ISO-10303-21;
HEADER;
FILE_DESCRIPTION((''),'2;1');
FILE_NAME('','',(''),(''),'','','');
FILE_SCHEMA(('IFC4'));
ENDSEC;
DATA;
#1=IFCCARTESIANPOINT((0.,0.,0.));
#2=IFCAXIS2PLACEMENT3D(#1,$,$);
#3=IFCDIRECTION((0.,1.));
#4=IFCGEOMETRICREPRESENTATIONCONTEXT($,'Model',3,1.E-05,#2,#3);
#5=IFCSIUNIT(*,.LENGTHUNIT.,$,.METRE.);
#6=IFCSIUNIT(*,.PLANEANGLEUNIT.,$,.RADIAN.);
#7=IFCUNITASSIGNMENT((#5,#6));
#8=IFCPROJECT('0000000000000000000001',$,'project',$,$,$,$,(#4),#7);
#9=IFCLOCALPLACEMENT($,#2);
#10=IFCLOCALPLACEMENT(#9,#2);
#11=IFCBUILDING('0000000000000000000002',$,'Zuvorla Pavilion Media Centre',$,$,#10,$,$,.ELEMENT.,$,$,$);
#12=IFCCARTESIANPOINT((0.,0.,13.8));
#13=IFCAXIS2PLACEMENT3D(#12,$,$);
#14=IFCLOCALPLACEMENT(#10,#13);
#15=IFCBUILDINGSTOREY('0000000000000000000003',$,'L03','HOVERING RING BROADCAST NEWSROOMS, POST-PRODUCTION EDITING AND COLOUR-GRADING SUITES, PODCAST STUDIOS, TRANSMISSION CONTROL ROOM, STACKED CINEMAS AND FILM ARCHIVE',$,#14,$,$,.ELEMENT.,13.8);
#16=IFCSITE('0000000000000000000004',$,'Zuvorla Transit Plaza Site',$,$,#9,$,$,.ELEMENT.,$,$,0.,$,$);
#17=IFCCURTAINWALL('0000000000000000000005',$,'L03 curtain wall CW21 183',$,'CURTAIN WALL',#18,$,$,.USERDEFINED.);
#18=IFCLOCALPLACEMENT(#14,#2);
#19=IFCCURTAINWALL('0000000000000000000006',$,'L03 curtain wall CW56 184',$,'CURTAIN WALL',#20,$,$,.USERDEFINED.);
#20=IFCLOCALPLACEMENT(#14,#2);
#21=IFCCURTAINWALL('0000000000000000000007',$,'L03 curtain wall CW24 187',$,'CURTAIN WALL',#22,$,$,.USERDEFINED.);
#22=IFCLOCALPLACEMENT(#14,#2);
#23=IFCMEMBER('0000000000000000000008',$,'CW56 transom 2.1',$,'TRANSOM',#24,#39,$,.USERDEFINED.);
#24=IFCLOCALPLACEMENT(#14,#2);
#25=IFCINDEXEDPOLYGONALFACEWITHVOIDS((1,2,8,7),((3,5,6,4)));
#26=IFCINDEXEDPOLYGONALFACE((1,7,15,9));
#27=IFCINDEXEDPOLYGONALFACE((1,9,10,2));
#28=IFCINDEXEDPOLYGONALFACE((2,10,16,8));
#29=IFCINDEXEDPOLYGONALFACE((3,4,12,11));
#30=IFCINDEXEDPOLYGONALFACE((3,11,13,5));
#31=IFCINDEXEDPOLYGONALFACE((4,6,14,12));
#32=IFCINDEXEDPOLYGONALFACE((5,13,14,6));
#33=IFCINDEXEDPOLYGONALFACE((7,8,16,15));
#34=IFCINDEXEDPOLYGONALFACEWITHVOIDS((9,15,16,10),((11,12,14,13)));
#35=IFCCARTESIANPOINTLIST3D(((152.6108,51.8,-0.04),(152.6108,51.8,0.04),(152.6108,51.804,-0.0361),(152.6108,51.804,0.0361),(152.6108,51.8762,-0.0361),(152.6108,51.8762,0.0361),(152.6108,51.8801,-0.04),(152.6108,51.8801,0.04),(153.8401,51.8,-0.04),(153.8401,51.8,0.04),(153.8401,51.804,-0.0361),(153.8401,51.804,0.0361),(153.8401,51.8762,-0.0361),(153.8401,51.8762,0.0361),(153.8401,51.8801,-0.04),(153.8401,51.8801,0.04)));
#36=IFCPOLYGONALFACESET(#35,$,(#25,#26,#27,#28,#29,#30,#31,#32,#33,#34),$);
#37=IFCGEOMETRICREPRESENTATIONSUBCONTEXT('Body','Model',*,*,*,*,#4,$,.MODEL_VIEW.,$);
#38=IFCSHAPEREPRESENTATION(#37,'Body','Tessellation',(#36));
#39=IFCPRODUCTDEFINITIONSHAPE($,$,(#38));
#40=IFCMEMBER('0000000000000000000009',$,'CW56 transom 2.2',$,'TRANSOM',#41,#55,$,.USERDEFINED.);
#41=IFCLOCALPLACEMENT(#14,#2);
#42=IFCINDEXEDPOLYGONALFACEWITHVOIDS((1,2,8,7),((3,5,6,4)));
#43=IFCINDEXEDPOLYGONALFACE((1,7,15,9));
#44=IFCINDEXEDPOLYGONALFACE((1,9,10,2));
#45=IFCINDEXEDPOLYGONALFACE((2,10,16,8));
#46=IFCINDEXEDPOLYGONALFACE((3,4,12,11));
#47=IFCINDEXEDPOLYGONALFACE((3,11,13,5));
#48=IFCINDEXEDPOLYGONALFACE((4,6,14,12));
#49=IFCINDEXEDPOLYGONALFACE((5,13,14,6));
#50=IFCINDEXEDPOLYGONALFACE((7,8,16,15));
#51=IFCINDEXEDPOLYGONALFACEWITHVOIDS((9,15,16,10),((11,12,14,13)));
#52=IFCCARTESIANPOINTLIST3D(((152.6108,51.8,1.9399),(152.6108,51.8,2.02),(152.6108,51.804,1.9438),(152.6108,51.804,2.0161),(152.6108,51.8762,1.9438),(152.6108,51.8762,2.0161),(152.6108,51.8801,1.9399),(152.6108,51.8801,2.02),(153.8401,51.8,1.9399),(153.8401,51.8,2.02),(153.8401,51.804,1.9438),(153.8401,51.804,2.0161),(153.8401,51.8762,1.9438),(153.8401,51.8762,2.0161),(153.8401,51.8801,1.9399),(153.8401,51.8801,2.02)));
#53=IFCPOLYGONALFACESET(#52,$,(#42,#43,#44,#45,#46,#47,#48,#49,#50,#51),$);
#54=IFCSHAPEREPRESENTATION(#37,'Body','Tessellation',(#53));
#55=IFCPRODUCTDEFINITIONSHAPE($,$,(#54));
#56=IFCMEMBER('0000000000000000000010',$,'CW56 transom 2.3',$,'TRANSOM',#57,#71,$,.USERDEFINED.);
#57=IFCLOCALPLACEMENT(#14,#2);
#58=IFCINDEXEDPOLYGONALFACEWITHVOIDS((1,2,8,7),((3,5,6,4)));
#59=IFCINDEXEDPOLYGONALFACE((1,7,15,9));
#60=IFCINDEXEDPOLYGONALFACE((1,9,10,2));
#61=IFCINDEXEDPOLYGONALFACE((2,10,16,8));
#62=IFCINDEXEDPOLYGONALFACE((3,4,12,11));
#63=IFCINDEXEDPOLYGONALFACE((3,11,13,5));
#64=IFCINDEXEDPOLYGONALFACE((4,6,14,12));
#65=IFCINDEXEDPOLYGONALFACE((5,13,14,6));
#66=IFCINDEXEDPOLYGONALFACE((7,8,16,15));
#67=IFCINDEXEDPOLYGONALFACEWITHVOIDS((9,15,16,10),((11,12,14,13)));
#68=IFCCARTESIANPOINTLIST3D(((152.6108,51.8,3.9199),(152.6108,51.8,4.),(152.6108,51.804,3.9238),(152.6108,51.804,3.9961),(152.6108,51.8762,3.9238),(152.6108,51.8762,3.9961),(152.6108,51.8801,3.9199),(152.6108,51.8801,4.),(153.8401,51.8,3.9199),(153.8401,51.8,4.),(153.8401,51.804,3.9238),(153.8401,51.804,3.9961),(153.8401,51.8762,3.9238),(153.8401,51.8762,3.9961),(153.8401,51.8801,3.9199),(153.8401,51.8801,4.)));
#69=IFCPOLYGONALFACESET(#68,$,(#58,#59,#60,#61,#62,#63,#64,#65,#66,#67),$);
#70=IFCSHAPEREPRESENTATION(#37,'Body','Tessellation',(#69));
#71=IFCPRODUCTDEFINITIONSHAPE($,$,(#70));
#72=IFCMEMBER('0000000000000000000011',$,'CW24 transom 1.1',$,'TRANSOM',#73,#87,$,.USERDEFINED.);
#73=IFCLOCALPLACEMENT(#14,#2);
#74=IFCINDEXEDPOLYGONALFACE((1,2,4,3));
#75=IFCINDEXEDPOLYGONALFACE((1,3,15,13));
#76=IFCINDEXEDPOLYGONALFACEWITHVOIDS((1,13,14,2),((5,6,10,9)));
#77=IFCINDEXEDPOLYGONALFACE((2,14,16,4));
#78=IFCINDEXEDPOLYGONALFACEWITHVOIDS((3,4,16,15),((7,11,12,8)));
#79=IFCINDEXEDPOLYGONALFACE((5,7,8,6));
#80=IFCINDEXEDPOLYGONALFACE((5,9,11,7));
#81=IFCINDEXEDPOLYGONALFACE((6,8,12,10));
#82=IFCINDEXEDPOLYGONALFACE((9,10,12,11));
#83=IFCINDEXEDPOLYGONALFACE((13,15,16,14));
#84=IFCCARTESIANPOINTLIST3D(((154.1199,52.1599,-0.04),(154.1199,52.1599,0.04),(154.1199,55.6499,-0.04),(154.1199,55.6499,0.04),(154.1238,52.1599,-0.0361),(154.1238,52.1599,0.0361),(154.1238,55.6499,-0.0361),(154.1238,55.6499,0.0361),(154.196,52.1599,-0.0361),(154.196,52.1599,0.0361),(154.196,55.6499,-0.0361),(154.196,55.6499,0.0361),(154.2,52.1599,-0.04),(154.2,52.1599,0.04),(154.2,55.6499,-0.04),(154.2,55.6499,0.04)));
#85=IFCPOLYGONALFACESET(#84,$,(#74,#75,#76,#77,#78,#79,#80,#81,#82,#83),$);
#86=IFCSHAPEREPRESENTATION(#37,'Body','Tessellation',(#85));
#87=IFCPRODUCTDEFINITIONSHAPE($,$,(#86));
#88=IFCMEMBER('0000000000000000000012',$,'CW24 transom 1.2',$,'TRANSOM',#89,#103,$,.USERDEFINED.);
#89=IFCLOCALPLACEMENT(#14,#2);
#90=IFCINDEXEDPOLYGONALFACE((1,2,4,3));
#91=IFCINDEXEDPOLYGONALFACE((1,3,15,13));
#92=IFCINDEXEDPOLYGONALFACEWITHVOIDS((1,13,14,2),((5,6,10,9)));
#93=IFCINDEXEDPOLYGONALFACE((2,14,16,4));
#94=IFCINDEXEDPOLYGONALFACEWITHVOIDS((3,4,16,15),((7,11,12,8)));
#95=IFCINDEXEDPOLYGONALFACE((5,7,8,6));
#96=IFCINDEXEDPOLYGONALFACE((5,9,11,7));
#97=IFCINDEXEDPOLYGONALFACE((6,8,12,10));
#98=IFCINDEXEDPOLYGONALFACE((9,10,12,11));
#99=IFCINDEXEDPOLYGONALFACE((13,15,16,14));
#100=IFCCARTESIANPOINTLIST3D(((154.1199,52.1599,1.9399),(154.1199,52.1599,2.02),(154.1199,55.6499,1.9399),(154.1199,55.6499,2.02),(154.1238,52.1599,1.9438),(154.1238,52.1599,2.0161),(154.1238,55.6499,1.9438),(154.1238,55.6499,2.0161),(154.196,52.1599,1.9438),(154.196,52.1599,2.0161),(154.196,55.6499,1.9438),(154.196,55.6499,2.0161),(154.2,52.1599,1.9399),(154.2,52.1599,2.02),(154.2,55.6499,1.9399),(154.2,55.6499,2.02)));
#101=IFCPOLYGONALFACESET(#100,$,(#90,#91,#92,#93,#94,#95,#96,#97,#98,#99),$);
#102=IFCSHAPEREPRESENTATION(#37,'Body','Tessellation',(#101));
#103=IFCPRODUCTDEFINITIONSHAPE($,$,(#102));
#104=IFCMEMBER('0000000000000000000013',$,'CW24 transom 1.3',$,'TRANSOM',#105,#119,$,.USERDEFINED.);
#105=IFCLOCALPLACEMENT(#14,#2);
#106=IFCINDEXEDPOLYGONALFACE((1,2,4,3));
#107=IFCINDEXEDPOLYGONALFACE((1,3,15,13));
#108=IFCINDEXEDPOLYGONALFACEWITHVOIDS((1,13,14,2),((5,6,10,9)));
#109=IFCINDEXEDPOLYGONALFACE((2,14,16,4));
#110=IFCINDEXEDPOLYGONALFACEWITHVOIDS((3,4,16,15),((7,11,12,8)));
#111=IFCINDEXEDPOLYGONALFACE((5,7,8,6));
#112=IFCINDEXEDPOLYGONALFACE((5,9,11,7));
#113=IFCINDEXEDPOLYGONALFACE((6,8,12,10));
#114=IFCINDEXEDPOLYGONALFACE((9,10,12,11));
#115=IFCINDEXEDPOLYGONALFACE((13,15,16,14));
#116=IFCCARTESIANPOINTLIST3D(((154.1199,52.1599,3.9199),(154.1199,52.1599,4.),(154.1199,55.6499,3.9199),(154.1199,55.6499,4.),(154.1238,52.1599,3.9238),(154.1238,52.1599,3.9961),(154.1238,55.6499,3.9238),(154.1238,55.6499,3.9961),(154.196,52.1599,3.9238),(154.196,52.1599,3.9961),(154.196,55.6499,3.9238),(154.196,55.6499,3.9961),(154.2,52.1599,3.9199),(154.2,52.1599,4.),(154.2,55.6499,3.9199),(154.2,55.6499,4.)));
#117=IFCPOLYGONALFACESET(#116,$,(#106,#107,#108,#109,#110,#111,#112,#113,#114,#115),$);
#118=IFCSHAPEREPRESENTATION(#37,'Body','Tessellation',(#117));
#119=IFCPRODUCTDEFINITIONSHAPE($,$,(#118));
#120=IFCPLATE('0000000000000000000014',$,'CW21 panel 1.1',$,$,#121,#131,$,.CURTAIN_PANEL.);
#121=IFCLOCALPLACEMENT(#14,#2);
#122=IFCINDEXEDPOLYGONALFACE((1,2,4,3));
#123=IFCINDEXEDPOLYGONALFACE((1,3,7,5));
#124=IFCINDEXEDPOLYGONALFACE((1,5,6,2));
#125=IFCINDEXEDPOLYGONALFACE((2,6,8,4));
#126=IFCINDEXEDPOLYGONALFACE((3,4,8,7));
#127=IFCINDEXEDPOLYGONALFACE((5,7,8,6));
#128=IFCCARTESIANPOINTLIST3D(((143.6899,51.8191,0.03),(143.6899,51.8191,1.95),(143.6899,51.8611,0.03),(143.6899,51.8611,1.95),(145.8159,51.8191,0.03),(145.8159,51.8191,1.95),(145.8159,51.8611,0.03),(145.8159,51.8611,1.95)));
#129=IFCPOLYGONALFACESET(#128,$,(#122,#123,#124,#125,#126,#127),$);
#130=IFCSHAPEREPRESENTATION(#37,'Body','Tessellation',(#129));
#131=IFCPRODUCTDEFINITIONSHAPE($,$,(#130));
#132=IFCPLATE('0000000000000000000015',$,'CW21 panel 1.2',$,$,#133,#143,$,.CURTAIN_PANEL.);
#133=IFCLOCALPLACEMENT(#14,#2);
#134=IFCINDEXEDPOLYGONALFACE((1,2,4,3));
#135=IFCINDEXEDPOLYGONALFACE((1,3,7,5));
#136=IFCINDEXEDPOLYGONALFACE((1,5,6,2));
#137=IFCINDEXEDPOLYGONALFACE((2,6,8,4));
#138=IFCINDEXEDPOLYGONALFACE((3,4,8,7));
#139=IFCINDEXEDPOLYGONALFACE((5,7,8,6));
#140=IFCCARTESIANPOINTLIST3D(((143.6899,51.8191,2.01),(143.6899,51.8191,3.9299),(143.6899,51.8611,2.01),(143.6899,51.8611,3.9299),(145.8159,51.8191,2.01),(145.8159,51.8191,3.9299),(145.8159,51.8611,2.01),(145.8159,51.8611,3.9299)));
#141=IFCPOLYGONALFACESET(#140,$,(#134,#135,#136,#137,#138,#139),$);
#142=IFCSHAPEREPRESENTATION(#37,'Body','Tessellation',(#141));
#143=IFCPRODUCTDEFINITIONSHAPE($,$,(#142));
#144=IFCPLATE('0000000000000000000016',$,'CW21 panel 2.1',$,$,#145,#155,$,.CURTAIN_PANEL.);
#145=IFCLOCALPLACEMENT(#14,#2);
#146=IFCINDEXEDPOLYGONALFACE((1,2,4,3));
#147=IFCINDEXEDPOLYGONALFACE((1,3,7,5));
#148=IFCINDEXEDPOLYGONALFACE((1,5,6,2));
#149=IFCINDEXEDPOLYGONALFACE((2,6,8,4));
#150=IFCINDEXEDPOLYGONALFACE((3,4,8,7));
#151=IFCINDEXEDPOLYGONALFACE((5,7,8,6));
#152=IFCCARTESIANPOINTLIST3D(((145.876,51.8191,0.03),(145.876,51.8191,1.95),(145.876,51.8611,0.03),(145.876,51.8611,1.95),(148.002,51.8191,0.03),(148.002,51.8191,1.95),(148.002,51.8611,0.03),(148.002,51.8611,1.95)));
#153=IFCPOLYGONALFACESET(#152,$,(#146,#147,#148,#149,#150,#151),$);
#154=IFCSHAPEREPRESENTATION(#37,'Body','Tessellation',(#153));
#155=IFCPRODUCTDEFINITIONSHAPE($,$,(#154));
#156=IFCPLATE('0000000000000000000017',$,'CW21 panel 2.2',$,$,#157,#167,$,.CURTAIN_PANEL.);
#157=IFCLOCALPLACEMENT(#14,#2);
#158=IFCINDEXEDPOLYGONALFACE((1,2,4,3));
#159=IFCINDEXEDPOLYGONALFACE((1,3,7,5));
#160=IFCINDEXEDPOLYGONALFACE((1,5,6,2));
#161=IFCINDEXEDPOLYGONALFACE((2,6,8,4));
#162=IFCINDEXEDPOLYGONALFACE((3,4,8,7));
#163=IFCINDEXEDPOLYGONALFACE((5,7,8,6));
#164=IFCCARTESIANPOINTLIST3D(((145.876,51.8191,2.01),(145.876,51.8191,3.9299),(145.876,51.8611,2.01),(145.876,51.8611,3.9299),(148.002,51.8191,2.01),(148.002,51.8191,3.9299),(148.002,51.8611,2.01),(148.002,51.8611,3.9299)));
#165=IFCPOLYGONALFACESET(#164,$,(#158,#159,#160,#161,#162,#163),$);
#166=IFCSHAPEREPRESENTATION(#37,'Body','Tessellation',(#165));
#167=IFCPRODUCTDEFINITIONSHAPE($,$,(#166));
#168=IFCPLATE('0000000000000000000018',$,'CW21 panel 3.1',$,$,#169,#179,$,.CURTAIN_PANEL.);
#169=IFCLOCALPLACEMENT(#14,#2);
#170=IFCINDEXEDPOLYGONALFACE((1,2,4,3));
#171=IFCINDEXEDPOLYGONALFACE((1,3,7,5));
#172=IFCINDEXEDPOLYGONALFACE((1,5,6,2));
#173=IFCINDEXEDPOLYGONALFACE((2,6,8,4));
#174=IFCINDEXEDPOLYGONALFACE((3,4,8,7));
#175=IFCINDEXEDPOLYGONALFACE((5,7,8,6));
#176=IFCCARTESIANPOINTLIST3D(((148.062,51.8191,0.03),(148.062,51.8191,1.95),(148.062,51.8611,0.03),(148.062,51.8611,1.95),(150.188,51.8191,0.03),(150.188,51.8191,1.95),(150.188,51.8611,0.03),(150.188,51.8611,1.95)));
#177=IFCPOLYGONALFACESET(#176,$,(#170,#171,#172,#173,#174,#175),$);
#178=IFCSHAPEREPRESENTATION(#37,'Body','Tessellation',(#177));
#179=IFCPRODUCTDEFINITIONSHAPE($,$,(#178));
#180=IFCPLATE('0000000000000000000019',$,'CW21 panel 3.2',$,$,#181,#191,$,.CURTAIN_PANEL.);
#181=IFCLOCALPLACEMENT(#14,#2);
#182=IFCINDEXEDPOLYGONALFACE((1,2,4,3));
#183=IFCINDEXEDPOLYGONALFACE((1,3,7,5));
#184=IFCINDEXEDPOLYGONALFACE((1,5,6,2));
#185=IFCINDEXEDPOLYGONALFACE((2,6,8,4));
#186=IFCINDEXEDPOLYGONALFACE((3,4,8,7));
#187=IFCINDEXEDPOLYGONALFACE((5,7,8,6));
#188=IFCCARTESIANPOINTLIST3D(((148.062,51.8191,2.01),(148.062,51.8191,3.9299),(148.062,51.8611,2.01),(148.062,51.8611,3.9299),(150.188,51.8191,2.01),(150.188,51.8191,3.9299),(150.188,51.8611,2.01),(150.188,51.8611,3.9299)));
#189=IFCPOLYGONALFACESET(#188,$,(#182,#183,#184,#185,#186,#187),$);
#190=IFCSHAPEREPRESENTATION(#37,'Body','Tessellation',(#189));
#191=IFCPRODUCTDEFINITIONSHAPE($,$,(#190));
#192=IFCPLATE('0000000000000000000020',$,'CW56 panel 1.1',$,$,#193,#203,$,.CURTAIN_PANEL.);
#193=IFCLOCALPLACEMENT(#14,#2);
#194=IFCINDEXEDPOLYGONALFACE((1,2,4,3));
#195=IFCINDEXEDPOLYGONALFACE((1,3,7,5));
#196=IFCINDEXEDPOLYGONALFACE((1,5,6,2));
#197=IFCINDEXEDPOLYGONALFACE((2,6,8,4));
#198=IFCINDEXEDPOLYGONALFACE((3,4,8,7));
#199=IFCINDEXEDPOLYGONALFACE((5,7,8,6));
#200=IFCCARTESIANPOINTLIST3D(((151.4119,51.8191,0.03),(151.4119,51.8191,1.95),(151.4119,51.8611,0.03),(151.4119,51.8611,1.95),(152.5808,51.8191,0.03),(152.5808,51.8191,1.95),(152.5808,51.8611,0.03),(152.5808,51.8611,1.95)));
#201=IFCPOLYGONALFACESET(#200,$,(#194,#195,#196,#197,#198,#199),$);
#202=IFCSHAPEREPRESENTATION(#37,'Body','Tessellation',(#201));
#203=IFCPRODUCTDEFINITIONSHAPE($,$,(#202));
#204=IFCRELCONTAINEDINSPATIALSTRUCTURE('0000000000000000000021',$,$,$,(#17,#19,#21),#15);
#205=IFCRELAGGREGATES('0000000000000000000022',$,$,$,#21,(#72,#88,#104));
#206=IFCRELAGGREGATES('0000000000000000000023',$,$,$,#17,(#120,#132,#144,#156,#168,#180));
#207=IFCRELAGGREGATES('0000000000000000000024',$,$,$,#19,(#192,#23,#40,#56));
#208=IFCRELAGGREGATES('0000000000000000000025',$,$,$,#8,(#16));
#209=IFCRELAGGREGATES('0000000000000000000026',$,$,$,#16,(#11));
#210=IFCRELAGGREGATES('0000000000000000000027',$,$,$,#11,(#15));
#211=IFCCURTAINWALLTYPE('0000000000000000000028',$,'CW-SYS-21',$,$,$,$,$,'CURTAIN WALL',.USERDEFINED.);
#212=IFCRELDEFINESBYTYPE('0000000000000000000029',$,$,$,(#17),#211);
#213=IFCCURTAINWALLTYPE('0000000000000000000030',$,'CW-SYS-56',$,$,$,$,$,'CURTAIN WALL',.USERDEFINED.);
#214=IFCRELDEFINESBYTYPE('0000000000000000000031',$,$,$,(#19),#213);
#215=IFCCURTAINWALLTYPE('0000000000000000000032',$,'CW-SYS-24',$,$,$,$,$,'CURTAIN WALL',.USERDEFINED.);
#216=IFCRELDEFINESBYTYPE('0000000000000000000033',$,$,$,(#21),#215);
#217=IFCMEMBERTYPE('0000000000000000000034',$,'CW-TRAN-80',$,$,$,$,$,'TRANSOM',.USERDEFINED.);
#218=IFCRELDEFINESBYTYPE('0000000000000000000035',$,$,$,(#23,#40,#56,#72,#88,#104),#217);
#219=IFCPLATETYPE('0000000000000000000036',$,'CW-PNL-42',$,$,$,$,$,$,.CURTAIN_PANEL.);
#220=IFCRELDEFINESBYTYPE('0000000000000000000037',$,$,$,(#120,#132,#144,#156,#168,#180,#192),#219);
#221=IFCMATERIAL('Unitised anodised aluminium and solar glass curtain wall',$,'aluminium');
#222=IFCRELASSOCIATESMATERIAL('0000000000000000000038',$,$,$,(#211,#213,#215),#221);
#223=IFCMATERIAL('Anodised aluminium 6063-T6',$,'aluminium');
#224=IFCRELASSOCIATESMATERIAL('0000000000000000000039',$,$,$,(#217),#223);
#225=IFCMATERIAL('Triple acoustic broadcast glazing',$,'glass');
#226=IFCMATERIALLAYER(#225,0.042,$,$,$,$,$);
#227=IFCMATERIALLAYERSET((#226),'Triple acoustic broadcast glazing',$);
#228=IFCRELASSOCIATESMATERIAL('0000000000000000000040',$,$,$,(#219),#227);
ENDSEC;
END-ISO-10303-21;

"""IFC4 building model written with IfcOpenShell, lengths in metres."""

from ifc_helpers import new_model, si_unit, direction, frame, origin, origin_2d, place, context, subcontext, project, spatial, rectangle, hollow_rectangle, extrude, material, layer, layer_set, material_profile, profile_set, type_object, element, aggregate, save


model = new_model("IFC4")

# Units and contexts
model_context = context("Model", 3, precision=1e-05, world=origin(), true_north=direction((0.0, 1.0)))
body_context = subcontext(model_context, "Body", "Model", "MODEL_VIEW")
ifc_project = project(units=[si_unit("LENGTHUNIT", "METRE"), si_unit("PLANEANGLEUNIT", "RADIAN")], contexts=[model_context])

# Site, building, storey
site_placement = place(None, origin())
site = spatial("IfcSite", under=ifc_project, at=site_placement, Name="Zuvorla Transit Plaza Site", CompositionType="ELEMENT", RefElevation=0.0)
building_placement = place(site_placement, origin())
building = spatial("IfcBuilding", under=site, at=building_placement, Name="Zuvorla Pavilion Media Centre", CompositionType="ELEMENT")
storey_placement = place(building_placement, frame((0.0, 0.0, 13.8)))
storey = spatial("IfcBuildingStorey", under=building, at=storey_placement, Name="L03", Description="HOVERING RING BROADCAST NEWSROOMS, POST-PRODUCTION EDITING AND COLOUR-GRADING SUITES, PODCAST STUDIOS, TRANSMISSION CONTROL ROOM, STACKED CINEMAS AND FILM ARCHIVE", CompositionType="ELEMENT", Elevation=13.8)

# Curtain walls
ifc_material_1 = material(Name="Unitised anodised aluminium and solar glass curtain wall", Category="aluminium")
curtain_wall_type_1 = type_object("IfcCurtainWallType", Name="CW-SYS-21", ElementType="CURTAIN WALL", PredefinedType="USERDEFINED", material=ifc_material_1)
curtain_wall_1_placement = place(storey_placement, origin())
curtain_wall_1 = element("IfcCurtainWall", 1, at=curtain_wall_1_placement, inside=storey, type_object=curtain_wall_type_1, Name="L03 curtain wall CW21 183", ObjectType="CURTAIN WALL", PredefinedType="USERDEFINED")
ifc_material_2 = material(Name="Anodised aluminium 6063-T6", Category="aluminium")
curtain_wall_type_2 = type_object("IfcCurtainWallType", Name="CW-SYS-56", ElementType="CURTAIN WALL", PredefinedType="USERDEFINED", material=ifc_material_1)
curtain_wall_2_placement = place(storey_placement, origin())
curtain_wall_2 = element("IfcCurtainWall", 2, at=curtain_wall_2_placement, inside=storey, type_object=curtain_wall_type_2, Name="L03 curtain wall CW56 184", ObjectType="CURTAIN WALL", PredefinedType="USERDEFINED")

# Curtain wall
curtain_wall_type_3 = type_object("IfcCurtainWallType", Name="CW-SYS-24", ElementType="CURTAIN WALL", PredefinedType="USERDEFINED", material=ifc_material_1)
curtain_wall_3_placement = place(storey_placement, origin())
curtain_wall_3 = element("IfcCurtainWall", 3, at=curtain_wall_3_placement, inside=storey, type_object=curtain_wall_type_3, Name="L03 curtain wall CW24 187", ObjectType="CURTAIN WALL", PredefinedType="USERDEFINED")

# Members
ifc_material_profile_1 = material_profile(ifc_material_2, hollow_rectangle(XDim=0.0801, YDim=0.0801, WallThickness=0.0039, at=origin_2d()), Name="ALU TRAN 80x80")
ifc_profile_set_1 = profile_set([ifc_material_profile_1], Name="Anodised aluminium 6063-T6")
member_type_1 = type_object("IfcMemberType", Name="CW-TRAN-80", ElementType="TRANSOM", PredefinedType="USERDEFINED", material=ifc_profile_set_1)
member_1_placement = place(storey_placement, frame((152.6108, 51.8401, 0.0), z_axis=(1.0, 0.0, 0.0), x_axis=(0.0, 1.0, 0.0)))
member_1 = element("IfcMember", 4, at=member_1_placement, type_object=member_type_1, Name="CW56 transom 2.1", ObjectType="TRANSOM", PredefinedType="USERDEFINED", context=body_context, shape_type="SweptSolid", body=[
    extrude(hollow_rectangle(XDim=0.0801, YDim=0.0801, WallThickness=0.0039, at=origin_2d()), origin(), (0.0, 0.0, 1.0), 1.2292),
])
member_2_placement = place(storey_placement, frame((152.6108, 51.8401, 1.98), z_axis=(1.0, 0.0, 0.0), x_axis=(0.0, 1.0, 0.0)))
member_2 = element("IfcMember", 5, at=member_2_placement, type_object=member_type_1, Name="CW56 transom 2.2", ObjectType="TRANSOM", PredefinedType="USERDEFINED", context=body_context, shape_type="SweptSolid", body=[
    extrude(hollow_rectangle(XDim=0.0801, YDim=0.0801, WallThickness=0.0039, at=origin_2d()), origin(), (0.0, 0.0, 1.0), 1.2292),
])
member_3_placement = place(storey_placement, frame((152.6108, 51.8401, 3.96), z_axis=(1.0, 0.0, 0.0), x_axis=(0.0, 1.0, 0.0)))
member_3 = element("IfcMember", 6, at=member_3_placement, type_object=member_type_1, Name="CW56 transom 2.3", ObjectType="TRANSOM", PredefinedType="USERDEFINED", context=body_context, shape_type="SweptSolid", body=[
    extrude(hollow_rectangle(XDim=0.0801, YDim=0.0801, WallThickness=0.0039, at=origin_2d()), origin(), (0.0, 0.0, 1.0), 1.2292),
])
member_4_placement = place(storey_placement, frame((154.1599, 52.1599, 0.0), z_axis=(0.0, 1.0, 0.0), x_axis=(-1.0, 0.0, 0.0)))
member_4 = element("IfcMember", 7, at=member_4_placement, type_object=member_type_1, Name="CW24 transom 1.1", ObjectType="TRANSOM", PredefinedType="USERDEFINED", context=body_context, shape_type="SweptSolid", body=[
    extrude(hollow_rectangle(XDim=0.0801, YDim=0.0801, WallThickness=0.0039, at=origin_2d()), origin(), (0.0, 0.0, 1.0), 3.49),
])
member_5_placement = place(storey_placement, frame((154.1599, 52.1599, 1.98), z_axis=(0.0, 1.0, 0.0), x_axis=(-1.0, 0.0, 0.0)))
member_5 = element("IfcMember", 8, at=member_5_placement, type_object=member_type_1, Name="CW24 transom 1.2", ObjectType="TRANSOM", PredefinedType="USERDEFINED", context=body_context, shape_type="SweptSolid", body=[
    extrude(hollow_rectangle(XDim=0.0801, YDim=0.0801, WallThickness=0.0039, at=origin_2d()), origin(), (0.0, 0.0, 1.0), 3.49),
])
member_6_placement = place(storey_placement, frame((154.1599, 52.1599, 3.96), z_axis=(0.0, 1.0, 0.0), x_axis=(-1.0, 0.0, 0.0)))
member_6 = element("IfcMember", 9, at=member_6_placement, type_object=member_type_1, Name="CW24 transom 1.3", ObjectType="TRANSOM", PredefinedType="USERDEFINED", context=body_context, shape_type="SweptSolid", body=[
    extrude(hollow_rectangle(XDim=0.0801, YDim=0.0801, WallThickness=0.0039, at=origin_2d()), origin(), (0.0, 0.0, 1.0), 3.49),
])
aggregate(curtain_wall_3, [member_4, member_5, member_6])

# Plates
ifc_material_3 = material(Name="Triple acoustic broadcast glazing", Category="glass")
ifc_layer_1 = layer(ifc_material_3, 0.042)
ifc_layer_set_1 = layer_set([ifc_layer_1], Name="Triple acoustic broadcast glazing")
plate_type = type_object("IfcPlateType", Name="CW-PNL-42", PredefinedType="CURTAIN_PANEL", material=ifc_layer_set_1)
plate_1_placement = place(storey_placement, frame((144.7529, 51.8401, 0.03), z_axis=(0.0, 0.0, 1.0), x_axis=(1.0, 0.0, 0.0)))
plate_1 = element("IfcPlate", 10, at=plate_1_placement, type_object=plate_type, Name="CW21 panel 1.1", PredefinedType="CURTAIN_PANEL", context=body_context, shape_type="SweptSolid", body=[
    extrude(rectangle(XDim=2.126, YDim=0.042, at=origin_2d()), origin(), (0.0, 0.0, 1.0), 1.9199),
])
plate_2_placement = place(storey_placement, frame((144.7529, 51.8401, 2.01), z_axis=(0.0, 0.0, 1.0), x_axis=(1.0, 0.0, 0.0)))
plate_2 = element("IfcPlate", 11, at=plate_2_placement, type_object=plate_type, Name="CW21 panel 1.2", PredefinedType="CURTAIN_PANEL", context=body_context, shape_type="SweptSolid", body=[
    extrude(rectangle(XDim=2.126, YDim=0.042, at=origin_2d()), origin(), (0.0, 0.0, 1.0), 1.9199),
])
plate_3_placement = place(storey_placement, frame((146.939, 51.8401, 0.03), z_axis=(0.0, 0.0, 1.0), x_axis=(1.0, 0.0, 0.0)))
plate_3 = element("IfcPlate", 12, at=plate_3_placement, type_object=plate_type, Name="CW21 panel 2.1", PredefinedType="CURTAIN_PANEL", context=body_context, shape_type="SweptSolid", body=[
    extrude(rectangle(XDim=2.126, YDim=0.042, at=origin_2d()), origin(), (0.0, 0.0, 1.0), 1.9199),
])
plate_4_placement = place(storey_placement, frame((146.939, 51.8401, 2.01), z_axis=(0.0, 0.0, 1.0), x_axis=(1.0, 0.0, 0.0)))
plate_4 = element("IfcPlate", 13, at=plate_4_placement, type_object=plate_type, Name="CW21 panel 2.2", PredefinedType="CURTAIN_PANEL", context=body_context, shape_type="SweptSolid", body=[
    extrude(rectangle(XDim=2.126, YDim=0.042, at=origin_2d()), origin(), (0.0, 0.0, 1.0), 1.9199),
])
plate_5_placement = place(storey_placement, frame((149.125, 51.8401, 0.03), z_axis=(0.0, 0.0, 1.0), x_axis=(1.0, 0.0, 0.0)))
plate_5 = element("IfcPlate", 14, at=plate_5_placement, type_object=plate_type, Name="CW21 panel 3.1", PredefinedType="CURTAIN_PANEL", context=body_context, shape_type="SweptSolid", body=[
    extrude(rectangle(XDim=2.126, YDim=0.042, at=origin_2d()), origin(), (0.0, 0.0, 1.0), 1.9199),
])
plate_6_placement = place(storey_placement, frame((149.125, 51.8401, 2.01), z_axis=(0.0, 0.0, 1.0), x_axis=(1.0, 0.0, 0.0)))
plate_6 = element("IfcPlate", 15, at=plate_6_placement, type_object=plate_type, Name="CW21 panel 3.2", PredefinedType="CURTAIN_PANEL", context=body_context, shape_type="SweptSolid", body=[
    extrude(rectangle(XDim=2.126, YDim=0.042, at=origin_2d()), origin(), (0.0, 0.0, 1.0), 1.9199),
])
aggregate(curtain_wall_1, [plate_1, plate_2, plate_3, plate_4, plate_5, plate_6])
plate_7_placement = place(storey_placement, frame((151.9963, 51.8401, 0.03), z_axis=(0.0, 0.0, 1.0), x_axis=(1.0, 0.0, 0.0)))
plate_7 = element("IfcPlate", 16, at=plate_7_placement, type_object=plate_type, Name="CW56 panel 1.1", PredefinedType="CURTAIN_PANEL", context=body_context, shape_type="SweptSolid", body=[
    extrude(rectangle(XDim=1.1689, YDim=0.042, at=origin_2d()), origin(), (0.0, 0.0, 1.0), 1.9199),
])
aggregate(curtain_wall_2, [plate_7, member_1, member_2, member_3])

save(model, "model.ifc")
